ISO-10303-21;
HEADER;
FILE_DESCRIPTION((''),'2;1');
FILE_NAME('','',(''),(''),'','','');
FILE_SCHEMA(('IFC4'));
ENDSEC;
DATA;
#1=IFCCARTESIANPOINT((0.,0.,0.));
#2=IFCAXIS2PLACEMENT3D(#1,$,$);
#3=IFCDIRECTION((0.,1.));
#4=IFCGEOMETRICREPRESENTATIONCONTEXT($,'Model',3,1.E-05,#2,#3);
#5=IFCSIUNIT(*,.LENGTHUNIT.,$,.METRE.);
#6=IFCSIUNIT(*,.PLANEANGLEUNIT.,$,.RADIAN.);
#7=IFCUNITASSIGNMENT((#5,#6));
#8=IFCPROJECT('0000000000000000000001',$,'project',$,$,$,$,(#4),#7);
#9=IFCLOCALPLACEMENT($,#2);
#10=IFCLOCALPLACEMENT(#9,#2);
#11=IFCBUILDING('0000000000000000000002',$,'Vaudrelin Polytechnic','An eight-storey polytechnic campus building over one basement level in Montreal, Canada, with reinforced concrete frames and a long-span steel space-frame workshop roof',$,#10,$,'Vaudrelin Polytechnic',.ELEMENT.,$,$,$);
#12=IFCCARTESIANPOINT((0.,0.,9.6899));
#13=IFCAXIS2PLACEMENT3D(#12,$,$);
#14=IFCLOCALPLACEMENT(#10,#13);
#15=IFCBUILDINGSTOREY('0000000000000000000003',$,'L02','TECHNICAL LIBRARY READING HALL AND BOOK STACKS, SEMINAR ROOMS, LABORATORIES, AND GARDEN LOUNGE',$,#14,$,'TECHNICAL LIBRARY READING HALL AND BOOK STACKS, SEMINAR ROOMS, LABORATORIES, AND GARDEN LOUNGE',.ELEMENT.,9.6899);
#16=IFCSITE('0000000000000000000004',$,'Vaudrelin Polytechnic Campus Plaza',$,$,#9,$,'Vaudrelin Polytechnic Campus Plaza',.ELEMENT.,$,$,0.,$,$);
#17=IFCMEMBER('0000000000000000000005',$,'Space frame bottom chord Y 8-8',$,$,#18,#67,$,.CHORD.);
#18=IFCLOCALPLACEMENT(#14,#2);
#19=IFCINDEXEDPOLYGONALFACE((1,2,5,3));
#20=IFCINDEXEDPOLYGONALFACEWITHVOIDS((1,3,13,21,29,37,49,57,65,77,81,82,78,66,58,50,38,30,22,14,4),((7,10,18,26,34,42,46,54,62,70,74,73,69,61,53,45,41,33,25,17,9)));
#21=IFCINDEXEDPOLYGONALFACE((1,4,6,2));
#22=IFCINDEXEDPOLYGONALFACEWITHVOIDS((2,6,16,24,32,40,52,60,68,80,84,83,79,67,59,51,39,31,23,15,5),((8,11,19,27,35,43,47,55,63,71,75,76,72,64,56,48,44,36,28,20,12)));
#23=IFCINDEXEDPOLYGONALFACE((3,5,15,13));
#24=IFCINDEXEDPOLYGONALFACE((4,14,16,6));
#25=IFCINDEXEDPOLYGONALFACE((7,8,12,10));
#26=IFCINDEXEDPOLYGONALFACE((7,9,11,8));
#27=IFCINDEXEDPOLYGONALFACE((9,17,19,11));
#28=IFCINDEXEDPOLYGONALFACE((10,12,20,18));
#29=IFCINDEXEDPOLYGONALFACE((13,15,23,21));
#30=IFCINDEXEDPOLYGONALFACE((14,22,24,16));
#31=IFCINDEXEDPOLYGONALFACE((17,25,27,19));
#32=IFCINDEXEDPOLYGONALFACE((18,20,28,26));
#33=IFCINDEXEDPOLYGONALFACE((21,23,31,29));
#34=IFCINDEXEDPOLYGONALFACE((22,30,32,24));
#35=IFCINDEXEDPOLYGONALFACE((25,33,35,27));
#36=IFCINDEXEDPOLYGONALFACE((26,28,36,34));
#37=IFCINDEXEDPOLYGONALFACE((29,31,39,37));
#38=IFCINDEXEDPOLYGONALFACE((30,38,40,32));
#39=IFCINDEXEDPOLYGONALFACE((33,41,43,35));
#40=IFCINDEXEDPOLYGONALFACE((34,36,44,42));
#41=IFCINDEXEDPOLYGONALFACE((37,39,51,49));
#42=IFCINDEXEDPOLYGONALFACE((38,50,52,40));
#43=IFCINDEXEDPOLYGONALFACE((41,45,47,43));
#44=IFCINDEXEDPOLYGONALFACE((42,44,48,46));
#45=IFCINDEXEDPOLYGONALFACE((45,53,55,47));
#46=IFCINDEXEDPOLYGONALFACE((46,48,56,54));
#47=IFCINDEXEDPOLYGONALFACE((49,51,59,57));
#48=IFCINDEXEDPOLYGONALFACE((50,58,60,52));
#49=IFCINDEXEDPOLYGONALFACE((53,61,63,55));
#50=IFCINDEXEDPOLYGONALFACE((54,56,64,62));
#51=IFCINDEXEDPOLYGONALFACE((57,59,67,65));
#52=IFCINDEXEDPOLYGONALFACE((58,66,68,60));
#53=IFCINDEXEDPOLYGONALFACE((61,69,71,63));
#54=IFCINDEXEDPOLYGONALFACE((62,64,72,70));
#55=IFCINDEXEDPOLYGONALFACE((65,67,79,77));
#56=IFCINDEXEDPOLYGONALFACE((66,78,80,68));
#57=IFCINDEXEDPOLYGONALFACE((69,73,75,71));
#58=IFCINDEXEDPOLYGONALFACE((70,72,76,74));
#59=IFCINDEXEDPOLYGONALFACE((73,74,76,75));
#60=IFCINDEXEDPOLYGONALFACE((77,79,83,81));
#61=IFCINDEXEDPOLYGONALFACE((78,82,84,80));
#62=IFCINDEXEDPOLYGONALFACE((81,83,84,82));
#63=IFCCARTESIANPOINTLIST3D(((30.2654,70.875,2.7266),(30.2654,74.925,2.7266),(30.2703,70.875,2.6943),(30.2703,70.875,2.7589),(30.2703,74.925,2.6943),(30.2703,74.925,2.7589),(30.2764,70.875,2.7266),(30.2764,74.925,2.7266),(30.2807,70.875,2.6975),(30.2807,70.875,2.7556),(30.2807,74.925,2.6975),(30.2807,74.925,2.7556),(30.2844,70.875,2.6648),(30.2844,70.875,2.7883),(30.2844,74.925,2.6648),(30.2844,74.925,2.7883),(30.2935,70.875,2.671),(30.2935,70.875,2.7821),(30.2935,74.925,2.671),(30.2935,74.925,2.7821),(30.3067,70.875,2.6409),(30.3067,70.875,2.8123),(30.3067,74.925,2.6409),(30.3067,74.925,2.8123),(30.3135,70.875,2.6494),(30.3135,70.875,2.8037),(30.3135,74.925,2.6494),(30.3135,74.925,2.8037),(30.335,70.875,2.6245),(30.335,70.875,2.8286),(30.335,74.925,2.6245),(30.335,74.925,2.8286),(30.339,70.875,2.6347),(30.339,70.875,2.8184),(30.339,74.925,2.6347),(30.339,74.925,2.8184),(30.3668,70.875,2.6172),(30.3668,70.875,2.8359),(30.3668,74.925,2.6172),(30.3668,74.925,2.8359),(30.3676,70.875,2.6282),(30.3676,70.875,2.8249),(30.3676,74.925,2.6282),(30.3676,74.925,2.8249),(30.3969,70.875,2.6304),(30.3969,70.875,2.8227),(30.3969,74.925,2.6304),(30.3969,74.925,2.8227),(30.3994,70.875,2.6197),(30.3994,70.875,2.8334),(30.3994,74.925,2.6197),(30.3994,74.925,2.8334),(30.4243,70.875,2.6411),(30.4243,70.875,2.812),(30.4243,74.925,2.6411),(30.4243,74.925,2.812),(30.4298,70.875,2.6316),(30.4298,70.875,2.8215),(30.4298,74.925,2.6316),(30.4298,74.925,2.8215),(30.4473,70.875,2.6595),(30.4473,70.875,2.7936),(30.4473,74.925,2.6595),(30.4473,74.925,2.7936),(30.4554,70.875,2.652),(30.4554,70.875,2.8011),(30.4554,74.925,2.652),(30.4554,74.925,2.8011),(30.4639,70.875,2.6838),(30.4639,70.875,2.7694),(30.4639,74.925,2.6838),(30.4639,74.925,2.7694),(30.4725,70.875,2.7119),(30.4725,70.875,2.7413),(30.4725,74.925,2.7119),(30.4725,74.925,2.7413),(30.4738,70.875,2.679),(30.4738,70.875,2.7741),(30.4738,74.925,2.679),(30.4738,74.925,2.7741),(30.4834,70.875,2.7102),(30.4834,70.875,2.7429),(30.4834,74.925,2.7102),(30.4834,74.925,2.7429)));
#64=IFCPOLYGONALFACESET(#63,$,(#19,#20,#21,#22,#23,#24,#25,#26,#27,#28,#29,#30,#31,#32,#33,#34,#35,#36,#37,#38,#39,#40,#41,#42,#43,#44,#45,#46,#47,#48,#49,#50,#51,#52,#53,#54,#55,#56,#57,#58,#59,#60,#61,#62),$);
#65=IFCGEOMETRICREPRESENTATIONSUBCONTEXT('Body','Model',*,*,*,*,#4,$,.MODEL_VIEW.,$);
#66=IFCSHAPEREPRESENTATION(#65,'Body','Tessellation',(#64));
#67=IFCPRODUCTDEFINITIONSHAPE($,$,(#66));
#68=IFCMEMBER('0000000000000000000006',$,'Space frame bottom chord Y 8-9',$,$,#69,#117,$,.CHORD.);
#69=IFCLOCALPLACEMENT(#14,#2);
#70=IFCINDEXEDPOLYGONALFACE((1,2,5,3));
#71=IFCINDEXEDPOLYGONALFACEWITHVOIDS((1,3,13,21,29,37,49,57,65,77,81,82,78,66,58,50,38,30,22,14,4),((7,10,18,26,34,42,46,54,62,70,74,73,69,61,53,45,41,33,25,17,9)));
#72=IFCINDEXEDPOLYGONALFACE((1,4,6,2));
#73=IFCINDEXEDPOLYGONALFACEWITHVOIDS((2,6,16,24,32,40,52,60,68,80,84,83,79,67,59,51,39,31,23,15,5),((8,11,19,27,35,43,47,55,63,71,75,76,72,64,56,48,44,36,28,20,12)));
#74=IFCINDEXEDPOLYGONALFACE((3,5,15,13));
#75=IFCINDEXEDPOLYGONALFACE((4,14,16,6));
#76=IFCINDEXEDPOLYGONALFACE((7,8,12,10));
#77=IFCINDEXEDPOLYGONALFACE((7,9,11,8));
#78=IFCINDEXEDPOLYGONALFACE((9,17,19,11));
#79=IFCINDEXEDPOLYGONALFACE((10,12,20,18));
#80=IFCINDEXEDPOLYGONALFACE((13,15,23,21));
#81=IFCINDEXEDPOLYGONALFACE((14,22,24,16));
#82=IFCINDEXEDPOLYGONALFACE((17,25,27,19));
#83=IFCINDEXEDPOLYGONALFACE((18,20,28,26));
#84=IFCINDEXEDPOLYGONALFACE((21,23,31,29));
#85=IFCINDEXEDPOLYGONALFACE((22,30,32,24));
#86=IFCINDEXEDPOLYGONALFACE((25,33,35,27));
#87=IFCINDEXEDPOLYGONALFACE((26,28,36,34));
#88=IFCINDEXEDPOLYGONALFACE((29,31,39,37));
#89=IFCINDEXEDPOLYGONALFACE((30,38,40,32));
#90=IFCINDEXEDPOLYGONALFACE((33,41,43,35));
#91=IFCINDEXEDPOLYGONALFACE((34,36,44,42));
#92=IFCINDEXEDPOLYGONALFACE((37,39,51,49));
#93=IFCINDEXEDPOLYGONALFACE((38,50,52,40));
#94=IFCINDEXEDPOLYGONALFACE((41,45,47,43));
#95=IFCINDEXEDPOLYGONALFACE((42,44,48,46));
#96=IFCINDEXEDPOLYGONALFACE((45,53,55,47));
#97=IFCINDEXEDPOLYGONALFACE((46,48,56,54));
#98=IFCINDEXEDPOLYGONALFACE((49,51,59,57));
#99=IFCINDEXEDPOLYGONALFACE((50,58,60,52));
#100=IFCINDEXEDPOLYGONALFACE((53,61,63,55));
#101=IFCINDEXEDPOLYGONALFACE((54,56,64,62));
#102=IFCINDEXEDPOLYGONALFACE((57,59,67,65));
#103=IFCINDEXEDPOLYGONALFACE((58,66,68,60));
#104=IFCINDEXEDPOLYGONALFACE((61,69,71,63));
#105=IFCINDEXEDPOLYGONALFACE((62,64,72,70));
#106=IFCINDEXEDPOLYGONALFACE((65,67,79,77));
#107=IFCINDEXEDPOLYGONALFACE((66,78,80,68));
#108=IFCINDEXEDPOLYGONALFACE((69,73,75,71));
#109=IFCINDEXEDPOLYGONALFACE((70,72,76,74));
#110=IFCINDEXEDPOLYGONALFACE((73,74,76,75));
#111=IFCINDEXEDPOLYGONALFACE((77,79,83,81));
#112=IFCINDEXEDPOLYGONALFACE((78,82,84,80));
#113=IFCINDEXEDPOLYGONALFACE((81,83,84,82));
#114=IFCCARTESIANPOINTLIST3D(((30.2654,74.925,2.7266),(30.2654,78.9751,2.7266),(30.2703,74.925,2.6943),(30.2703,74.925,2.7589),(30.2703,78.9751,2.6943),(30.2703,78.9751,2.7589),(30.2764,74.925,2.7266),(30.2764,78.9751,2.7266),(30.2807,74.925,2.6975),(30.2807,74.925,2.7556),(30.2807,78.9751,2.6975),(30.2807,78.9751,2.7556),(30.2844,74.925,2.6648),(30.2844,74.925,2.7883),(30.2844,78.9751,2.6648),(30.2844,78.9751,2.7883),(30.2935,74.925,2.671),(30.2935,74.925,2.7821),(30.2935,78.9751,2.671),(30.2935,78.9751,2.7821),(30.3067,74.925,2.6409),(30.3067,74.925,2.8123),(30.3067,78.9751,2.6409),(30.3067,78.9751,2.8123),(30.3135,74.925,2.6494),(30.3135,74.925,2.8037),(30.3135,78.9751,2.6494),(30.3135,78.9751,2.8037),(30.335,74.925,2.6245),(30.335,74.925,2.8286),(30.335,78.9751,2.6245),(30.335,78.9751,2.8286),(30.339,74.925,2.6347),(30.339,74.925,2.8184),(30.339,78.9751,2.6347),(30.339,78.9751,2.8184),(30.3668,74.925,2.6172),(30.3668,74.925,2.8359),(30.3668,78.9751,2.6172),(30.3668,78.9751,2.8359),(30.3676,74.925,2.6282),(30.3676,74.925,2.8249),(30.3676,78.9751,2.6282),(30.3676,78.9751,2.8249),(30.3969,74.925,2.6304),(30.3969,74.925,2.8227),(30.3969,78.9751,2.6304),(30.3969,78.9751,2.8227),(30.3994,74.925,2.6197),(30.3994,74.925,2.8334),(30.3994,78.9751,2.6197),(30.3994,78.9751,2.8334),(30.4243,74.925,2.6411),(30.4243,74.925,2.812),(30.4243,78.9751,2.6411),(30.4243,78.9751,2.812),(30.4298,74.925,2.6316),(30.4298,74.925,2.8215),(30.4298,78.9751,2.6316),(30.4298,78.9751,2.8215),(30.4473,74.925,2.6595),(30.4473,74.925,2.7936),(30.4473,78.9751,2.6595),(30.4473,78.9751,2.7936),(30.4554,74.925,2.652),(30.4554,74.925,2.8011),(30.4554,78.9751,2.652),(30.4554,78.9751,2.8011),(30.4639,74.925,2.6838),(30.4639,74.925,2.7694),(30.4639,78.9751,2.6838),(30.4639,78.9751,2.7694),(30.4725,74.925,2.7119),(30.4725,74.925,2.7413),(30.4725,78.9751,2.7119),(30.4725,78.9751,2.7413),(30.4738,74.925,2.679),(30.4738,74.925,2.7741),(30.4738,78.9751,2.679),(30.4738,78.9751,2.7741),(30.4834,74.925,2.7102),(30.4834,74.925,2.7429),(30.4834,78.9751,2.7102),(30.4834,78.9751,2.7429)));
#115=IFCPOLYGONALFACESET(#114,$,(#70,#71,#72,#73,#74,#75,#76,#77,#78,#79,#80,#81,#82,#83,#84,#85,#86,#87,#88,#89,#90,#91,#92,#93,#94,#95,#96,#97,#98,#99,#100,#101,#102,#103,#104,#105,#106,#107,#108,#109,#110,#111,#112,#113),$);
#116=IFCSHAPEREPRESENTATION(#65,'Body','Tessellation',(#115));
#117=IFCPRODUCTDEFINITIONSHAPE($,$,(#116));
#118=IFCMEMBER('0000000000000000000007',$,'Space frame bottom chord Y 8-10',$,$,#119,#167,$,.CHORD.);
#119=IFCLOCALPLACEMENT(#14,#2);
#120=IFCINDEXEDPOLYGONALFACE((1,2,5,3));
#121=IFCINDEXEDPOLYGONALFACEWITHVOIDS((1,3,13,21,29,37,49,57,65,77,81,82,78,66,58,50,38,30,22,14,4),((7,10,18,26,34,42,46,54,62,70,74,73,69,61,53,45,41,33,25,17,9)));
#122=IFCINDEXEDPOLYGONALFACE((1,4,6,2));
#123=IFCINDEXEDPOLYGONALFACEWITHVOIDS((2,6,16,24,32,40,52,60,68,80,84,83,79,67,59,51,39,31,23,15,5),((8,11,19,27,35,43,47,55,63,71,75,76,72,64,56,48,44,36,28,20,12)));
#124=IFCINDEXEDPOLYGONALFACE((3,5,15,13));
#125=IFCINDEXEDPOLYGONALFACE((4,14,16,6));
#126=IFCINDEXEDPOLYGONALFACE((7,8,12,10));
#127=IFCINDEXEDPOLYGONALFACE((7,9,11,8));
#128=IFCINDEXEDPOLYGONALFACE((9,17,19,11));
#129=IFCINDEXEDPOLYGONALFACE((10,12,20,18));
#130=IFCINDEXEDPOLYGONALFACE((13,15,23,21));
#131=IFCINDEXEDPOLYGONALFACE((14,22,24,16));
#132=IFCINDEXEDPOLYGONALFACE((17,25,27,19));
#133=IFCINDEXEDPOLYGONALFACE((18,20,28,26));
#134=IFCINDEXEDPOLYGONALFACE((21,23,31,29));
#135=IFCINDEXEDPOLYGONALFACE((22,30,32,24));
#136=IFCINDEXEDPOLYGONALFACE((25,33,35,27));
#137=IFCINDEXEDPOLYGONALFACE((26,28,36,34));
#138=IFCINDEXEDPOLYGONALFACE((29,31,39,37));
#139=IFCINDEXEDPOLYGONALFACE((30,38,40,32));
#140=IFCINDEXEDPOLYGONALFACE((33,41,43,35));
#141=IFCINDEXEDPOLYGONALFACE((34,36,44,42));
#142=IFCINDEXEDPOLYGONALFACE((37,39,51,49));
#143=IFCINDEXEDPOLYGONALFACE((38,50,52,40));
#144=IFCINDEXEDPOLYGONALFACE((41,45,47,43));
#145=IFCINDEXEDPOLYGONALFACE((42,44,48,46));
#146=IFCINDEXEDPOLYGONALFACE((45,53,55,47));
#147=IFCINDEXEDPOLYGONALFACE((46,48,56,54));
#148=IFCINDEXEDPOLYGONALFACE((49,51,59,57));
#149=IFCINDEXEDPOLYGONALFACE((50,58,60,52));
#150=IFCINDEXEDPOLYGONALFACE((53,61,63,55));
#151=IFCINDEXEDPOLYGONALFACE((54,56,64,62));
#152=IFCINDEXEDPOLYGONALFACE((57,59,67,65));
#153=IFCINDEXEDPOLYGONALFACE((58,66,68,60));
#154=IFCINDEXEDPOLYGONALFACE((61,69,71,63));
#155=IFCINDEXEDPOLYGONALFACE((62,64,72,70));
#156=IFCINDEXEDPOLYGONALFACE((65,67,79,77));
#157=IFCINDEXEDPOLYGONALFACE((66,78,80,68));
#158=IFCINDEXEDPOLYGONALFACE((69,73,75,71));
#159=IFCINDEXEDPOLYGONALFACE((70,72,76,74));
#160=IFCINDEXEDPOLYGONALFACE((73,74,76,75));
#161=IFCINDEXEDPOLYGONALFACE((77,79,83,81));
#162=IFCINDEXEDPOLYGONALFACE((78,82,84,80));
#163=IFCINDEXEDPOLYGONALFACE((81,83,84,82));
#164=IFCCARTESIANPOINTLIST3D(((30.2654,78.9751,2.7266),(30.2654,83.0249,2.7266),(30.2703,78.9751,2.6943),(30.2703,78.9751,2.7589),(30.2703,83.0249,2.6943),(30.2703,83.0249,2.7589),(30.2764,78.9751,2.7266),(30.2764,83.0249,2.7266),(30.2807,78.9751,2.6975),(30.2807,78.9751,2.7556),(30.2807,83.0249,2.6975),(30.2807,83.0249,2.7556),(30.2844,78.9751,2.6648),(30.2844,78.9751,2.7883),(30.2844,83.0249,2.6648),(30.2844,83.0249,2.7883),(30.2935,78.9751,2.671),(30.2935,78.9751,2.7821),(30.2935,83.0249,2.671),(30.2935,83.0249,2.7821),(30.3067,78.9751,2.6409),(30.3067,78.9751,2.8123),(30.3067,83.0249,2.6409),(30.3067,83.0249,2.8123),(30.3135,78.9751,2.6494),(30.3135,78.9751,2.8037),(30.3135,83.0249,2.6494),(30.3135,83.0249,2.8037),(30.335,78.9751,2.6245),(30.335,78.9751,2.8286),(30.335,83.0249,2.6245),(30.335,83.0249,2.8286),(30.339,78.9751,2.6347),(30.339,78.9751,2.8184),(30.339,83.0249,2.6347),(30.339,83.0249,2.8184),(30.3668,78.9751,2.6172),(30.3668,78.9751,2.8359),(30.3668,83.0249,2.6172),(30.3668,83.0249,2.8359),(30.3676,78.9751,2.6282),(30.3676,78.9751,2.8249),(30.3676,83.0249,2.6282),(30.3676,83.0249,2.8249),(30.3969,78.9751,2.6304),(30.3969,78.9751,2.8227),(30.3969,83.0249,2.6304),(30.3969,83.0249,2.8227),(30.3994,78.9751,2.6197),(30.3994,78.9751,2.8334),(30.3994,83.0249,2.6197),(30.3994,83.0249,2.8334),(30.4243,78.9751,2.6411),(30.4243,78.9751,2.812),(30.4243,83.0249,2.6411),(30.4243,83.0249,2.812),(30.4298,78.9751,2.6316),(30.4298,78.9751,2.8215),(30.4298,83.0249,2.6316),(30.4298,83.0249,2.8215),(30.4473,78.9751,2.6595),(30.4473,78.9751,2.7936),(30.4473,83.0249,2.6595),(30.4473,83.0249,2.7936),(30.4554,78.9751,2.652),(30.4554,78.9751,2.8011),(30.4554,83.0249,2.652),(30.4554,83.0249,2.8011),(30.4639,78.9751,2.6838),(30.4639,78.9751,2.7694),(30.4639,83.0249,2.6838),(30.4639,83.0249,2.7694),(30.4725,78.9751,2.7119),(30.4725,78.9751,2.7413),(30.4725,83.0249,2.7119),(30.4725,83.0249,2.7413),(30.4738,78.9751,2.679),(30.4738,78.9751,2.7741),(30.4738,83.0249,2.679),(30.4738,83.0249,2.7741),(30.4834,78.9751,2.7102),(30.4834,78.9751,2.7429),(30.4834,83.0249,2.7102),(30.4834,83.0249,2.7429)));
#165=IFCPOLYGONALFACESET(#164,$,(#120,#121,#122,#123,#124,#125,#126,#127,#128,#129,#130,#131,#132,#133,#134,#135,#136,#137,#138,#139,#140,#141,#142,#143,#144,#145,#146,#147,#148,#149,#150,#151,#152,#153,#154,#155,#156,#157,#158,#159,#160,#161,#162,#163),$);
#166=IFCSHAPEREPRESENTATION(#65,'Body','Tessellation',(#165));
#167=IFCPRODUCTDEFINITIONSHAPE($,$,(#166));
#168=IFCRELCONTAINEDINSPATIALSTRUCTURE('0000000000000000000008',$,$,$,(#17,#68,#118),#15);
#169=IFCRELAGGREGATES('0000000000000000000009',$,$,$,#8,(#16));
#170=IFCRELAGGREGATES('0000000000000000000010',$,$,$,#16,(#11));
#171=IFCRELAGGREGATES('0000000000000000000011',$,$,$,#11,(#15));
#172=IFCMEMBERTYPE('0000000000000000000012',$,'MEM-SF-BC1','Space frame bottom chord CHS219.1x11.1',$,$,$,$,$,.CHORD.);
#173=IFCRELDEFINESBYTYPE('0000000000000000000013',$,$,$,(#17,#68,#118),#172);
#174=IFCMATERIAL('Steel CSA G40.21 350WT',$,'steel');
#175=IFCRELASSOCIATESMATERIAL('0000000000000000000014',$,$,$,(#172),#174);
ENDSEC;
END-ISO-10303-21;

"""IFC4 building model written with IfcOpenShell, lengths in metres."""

from ifc_helpers import new_model, si_unit, direction, frame, origin, origin_2d, place, context, subcontext, project, spatial, hollow_circle, extrude, material, material_profile, profile_set, type_object, element, save


model = new_model("IFC4")

# Units and contexts
model_context = context("Model", 3, precision=1e-05, world=origin(), true_north=direction((0.0, 1.0)))
body_context = subcontext(model_context, "Body", "Model", "MODEL_VIEW")
ifc_project = project(units=[si_unit("LENGTHUNIT", "METRE"), si_unit("PLANEANGLEUNIT", "RADIAN")], contexts=[model_context])

# Site, building, storey
site_placement = place(None, origin())
site = spatial("IfcSite", under=ifc_project, at=site_placement, Name="Vaudrelin Polytechnic Campus Plaza", LongName="Vaudrelin Polytechnic Campus Plaza", CompositionType="ELEMENT", RefElevation=0.0)
building_placement = place(site_placement, origin())
building = spatial("IfcBuilding", under=site, at=building_placement, Name="Vaudrelin Polytechnic", Description="An eight-storey polytechnic campus building over one basement level in Montreal, Canada, with reinforced concrete frames and a long-span steel space-frame workshop roof", LongName="Vaudrelin Polytechnic", CompositionType="ELEMENT")
storey_placement = place(building_placement, frame((0.0, 0.0, 9.6899)))
storey = spatial("IfcBuildingStorey", under=building, at=storey_placement, Name="L02", Description="TECHNICAL LIBRARY READING HALL AND BOOK STACKS, SEMINAR ROOMS, LABORATORIES, AND GARDEN LOUNGE", LongName="TECHNICAL LIBRARY READING HALL AND BOOK STACKS, SEMINAR ROOMS, LABORATORIES, AND GARDEN LOUNGE", CompositionType="ELEMENT", Elevation=9.6899)

# Shared definitions
ifc_material_1 = material(Name="Steel CSA G40.21 350WT", Category="steel")

# Members
ifc_material_profile_1 = material_profile(ifc_material_1, hollow_circle(Radius=0.1096, WallThickness=0.011, at=origin_2d()), Name="CHS219.1x11.1")
ifc_profile_set_1 = profile_set([ifc_material_profile_1], Name="Steel CSA G40.21 350WT")
member_type_1 = type_object("IfcMemberType", Name="MEM-SF-BC1", Description="Space frame bottom chord CHS219.1x11.1", PredefinedType="CHORD", material=ifc_profile_set_1)
for number, where, z_axis, x_axis, name in (
    (1, (30.375, 70.875, 2.7266), (0.0, 1.0, 0.0), (-1.0, 0.0, 0.0), "Space frame bottom chord Y 8-8"),
    (2, (30.375, 74.925, 2.7266), (0.0, 1.0, 0.0), (-1.0, 0.0, 0.0), "Space frame bottom chord Y 8-9"),
):
    element("IfcMember", number, at=place(storey_placement, frame(where, z_axis=z_axis, x_axis=x_axis)), inside=storey, type_object=member_type_1, Name=name, PredefinedType="CHORD", context=body_context, shape_type="SweptSolid", body=[
        extrude(hollow_circle(Radius=0.1096, WallThickness=0.011, at=origin_2d()), origin(), (0.0, 0.0, 1.0), 4.05),
    ])
member_placement = place(storey_placement, frame((30.375, 78.9751, 2.7266), z_axis=(0.0, 1.0, 0.0), x_axis=(-1.0, 0.0, 0.0)))
element("IfcMember", 3, at=member_placement, inside=storey, type_object=member_type_1, Name="Space frame bottom chord Y 8-10", PredefinedType="CHORD", context=body_context, shape_type="SweptSolid", body=[
    extrude(hollow_circle(Radius=0.1096, WallThickness=0.011, at=origin_2d()), origin(), (0.0, 0.0, 1.0), 4.0498),
])

save(model, "model.ifc")
